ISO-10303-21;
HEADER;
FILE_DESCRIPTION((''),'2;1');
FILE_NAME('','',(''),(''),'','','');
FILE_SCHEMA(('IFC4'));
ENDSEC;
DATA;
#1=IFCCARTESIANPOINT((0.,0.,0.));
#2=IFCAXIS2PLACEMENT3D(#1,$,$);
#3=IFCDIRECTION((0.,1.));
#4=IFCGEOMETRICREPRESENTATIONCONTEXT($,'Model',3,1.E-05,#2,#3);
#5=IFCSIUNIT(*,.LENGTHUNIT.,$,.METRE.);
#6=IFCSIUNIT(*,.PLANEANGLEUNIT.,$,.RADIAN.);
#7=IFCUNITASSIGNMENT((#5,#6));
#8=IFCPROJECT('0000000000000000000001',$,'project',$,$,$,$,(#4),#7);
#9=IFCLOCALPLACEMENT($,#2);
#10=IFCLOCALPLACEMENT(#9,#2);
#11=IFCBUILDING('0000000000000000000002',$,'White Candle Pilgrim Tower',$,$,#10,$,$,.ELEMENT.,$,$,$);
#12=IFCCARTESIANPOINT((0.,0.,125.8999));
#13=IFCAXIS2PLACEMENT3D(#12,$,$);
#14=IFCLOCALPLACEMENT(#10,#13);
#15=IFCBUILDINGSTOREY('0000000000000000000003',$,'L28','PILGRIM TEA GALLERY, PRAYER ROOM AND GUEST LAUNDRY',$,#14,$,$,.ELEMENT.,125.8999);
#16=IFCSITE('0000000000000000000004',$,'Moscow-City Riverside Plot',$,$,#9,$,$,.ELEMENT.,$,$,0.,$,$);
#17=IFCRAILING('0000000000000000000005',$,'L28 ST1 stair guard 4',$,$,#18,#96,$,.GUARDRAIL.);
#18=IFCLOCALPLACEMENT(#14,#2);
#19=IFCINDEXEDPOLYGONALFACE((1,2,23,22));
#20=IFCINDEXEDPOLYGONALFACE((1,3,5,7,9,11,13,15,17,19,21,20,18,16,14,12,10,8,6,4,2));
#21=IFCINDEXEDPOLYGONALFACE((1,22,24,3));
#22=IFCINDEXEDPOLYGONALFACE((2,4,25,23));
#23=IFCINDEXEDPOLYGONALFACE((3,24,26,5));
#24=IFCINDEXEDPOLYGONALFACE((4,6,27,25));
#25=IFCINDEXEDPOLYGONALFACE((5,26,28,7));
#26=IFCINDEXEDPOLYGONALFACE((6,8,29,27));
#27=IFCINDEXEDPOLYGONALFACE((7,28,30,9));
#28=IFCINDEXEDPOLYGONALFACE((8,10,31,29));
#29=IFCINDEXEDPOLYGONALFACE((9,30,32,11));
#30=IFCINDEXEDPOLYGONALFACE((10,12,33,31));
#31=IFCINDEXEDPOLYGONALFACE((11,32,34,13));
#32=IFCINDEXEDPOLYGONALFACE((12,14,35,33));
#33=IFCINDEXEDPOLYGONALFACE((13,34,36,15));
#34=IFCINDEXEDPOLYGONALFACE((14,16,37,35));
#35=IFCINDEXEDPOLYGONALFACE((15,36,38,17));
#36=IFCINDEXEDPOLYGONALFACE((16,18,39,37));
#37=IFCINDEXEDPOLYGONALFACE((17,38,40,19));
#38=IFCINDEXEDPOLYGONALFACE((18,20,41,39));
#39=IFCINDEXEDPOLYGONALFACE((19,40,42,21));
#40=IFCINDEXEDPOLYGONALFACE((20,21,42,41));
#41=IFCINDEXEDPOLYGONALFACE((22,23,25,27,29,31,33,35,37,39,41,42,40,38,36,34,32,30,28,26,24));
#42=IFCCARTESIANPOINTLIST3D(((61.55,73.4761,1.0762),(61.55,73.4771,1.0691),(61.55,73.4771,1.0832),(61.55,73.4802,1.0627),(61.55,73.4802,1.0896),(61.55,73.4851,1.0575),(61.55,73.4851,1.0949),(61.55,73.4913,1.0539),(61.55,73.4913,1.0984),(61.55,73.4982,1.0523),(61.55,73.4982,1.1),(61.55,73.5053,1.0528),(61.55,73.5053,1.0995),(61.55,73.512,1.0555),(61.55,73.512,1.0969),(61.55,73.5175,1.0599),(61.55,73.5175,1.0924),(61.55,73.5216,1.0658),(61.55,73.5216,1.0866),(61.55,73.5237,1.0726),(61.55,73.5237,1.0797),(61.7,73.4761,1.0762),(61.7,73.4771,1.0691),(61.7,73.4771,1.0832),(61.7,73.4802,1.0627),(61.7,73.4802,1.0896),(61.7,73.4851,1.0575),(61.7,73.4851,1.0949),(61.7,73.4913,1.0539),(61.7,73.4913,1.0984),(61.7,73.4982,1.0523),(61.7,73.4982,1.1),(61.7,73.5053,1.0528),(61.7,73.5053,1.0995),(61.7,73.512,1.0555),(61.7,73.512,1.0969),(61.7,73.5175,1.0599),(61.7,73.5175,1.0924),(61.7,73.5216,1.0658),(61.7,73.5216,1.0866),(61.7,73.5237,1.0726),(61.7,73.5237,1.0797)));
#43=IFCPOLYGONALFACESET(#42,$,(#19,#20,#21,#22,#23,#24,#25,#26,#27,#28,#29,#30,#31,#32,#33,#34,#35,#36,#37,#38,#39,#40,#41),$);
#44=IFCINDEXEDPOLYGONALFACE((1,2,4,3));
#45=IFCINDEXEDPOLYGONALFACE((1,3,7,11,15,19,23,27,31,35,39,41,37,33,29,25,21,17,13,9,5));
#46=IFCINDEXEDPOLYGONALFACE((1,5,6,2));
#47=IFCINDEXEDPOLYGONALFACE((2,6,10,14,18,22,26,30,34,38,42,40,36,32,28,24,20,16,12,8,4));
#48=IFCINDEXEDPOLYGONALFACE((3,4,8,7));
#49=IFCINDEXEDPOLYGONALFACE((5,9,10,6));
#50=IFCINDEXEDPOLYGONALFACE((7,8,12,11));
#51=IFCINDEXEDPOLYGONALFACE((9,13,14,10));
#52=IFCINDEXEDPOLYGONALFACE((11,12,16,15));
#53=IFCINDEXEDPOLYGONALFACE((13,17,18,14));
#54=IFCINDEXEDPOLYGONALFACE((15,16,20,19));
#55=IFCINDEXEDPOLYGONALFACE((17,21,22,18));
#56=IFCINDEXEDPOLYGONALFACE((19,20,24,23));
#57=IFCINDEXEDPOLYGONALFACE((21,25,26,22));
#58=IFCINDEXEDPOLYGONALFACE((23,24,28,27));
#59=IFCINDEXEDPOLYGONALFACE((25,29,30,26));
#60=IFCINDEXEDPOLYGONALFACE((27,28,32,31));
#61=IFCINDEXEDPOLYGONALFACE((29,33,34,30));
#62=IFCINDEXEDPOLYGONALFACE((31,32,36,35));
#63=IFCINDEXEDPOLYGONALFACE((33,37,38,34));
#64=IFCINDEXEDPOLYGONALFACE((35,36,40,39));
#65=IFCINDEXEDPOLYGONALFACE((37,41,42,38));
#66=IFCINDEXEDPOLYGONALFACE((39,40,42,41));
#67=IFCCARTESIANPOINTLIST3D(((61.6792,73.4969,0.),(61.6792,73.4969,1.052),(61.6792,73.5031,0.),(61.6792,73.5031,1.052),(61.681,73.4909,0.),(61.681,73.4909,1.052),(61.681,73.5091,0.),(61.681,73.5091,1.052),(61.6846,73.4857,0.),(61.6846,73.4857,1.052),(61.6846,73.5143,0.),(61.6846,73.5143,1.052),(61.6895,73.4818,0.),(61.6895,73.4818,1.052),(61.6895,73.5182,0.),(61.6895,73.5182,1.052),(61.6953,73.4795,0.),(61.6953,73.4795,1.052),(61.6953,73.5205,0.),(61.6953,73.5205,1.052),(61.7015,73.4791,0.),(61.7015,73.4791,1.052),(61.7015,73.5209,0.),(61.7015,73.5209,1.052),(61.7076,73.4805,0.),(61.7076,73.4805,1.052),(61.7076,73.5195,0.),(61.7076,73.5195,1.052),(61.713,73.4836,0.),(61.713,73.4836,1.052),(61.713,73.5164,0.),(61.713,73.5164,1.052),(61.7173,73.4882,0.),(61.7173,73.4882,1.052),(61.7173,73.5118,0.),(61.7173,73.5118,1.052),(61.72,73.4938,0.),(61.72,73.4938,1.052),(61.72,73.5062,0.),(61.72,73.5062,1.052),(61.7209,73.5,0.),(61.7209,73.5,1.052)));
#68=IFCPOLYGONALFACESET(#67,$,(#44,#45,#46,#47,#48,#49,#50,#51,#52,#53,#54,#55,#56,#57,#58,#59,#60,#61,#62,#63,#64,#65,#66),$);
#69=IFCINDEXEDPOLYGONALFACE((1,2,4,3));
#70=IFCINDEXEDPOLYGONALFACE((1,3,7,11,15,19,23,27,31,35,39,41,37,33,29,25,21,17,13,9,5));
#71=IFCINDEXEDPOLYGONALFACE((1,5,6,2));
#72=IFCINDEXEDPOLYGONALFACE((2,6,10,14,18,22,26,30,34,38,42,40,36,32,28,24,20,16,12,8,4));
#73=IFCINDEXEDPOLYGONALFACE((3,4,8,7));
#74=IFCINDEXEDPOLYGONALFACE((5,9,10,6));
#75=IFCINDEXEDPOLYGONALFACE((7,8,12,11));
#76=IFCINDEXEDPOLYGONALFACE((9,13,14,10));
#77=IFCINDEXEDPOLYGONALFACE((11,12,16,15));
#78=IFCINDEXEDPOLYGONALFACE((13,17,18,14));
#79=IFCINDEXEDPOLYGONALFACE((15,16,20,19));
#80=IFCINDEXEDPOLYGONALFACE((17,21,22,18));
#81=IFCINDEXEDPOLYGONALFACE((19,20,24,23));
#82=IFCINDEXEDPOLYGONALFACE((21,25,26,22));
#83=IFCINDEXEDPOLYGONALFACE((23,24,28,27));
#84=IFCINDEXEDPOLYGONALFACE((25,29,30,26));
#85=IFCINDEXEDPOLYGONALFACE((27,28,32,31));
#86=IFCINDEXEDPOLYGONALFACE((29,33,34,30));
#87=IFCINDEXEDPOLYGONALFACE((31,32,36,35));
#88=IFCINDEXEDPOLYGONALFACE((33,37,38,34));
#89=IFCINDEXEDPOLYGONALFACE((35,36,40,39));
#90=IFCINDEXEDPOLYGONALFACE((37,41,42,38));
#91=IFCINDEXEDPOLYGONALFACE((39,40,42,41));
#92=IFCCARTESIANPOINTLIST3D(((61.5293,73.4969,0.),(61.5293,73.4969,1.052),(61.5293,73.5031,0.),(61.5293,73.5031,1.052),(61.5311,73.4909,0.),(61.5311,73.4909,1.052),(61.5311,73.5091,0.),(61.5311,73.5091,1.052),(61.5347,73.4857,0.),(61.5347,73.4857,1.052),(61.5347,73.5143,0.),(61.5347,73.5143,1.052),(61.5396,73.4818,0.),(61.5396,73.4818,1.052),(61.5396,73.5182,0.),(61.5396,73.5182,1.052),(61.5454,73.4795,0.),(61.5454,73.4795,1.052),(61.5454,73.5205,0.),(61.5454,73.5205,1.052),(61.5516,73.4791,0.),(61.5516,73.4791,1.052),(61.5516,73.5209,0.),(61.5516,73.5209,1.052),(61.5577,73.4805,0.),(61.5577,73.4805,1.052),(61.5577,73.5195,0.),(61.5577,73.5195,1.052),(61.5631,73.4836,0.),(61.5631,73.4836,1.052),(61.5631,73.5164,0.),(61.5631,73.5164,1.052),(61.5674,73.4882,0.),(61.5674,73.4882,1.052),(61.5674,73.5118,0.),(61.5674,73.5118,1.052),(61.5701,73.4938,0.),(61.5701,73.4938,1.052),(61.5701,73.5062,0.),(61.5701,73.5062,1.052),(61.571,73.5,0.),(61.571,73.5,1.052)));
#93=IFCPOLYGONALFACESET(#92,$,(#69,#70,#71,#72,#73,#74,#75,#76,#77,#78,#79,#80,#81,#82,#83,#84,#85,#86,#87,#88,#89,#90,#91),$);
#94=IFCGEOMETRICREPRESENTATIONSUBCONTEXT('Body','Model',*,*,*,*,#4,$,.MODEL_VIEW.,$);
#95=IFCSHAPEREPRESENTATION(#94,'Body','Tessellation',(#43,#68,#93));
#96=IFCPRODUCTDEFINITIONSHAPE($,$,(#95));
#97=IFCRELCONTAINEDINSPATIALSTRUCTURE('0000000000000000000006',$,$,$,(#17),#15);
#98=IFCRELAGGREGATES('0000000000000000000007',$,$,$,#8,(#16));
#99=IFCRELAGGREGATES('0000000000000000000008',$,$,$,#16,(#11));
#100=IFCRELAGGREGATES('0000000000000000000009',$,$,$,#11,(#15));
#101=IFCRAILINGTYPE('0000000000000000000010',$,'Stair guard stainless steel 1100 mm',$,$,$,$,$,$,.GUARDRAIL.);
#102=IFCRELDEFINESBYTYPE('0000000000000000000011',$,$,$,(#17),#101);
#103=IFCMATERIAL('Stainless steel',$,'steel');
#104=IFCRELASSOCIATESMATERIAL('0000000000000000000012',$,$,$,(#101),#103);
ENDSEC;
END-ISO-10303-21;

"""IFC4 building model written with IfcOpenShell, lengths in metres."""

from ifc_helpers import new_model, si_unit, direction, frame, origin, origin_2d, place, context, subcontext, project, spatial, circle, extrude, material, type_object, element, save


model = new_model("IFC4")

# Units and contexts
model_context = context("Model", 3, precision=1e-05, world=origin(), true_north=direction((0.0, 1.0)))
body_context = subcontext(model_context, "Body", "Model", "MODEL_VIEW")
ifc_project = project(units=[si_unit("LENGTHUNIT", "METRE"), si_unit("PLANEANGLEUNIT", "RADIAN")], contexts=[model_context])

# Site, building, storey
site_placement = place(None, origin())
site = spatial("IfcSite", under=ifc_project, at=site_placement, Name="Moscow-City Riverside Plot", CompositionType="ELEMENT", RefElevation=0.0)
building_placement = place(site_placement, origin())
building = spatial("IfcBuilding", under=site, at=building_placement, Name="White Candle Pilgrim Tower", CompositionType="ELEMENT")
storey_placement = place(building_placement, frame((0.0, 0.0, 125.8999)))
storey = spatial("IfcBuildingStorey", under=building, at=storey_placement, Name="L28", Description="PILGRIM TEA GALLERY, PRAYER ROOM AND GUEST LAUNDRY", CompositionType="ELEMENT", Elevation=125.8999)

# Shared definitions
ifc_material_1 = material(Name="Stainless steel", Category="steel")

# Railing
railing_type_1 = type_object("IfcRailingType", Name="Stair guard stainless steel 1100 mm", PredefinedType="GUARDRAIL", material=ifc_material_1)
railing_1_placement = place(storey_placement, frame((61.7, 73.5, 0.0)))
element("IfcRailing", 1, at=railing_1_placement, inside=storey, type_object=railing_type_1, Name="L28 ST1 stair guard 4", PredefinedType="GUARDRAIL", context=body_context, shape_type="SweptSolid", body=[
    extrude(circle(Radius=0.0239, at=origin_2d()), frame((0.0, 0.0, 1.0762), z_axis=(-1.0, 0.0, 0.0), x_axis=(0.0, -1.0, 0.0)), (0.0, 0.0, 1.0), 0.1499),
    extrude(circle(Radius=0.021, at=origin_2d()), origin(), (0.0, 0.0, 1.0), 1.052),
    extrude(circle(Radius=0.021, at=origin_2d()), frame((-0.1499, 0.0, 0.0)), (0.0, 0.0, 1.0), 1.052),
])

save(model, "model.ifc")
